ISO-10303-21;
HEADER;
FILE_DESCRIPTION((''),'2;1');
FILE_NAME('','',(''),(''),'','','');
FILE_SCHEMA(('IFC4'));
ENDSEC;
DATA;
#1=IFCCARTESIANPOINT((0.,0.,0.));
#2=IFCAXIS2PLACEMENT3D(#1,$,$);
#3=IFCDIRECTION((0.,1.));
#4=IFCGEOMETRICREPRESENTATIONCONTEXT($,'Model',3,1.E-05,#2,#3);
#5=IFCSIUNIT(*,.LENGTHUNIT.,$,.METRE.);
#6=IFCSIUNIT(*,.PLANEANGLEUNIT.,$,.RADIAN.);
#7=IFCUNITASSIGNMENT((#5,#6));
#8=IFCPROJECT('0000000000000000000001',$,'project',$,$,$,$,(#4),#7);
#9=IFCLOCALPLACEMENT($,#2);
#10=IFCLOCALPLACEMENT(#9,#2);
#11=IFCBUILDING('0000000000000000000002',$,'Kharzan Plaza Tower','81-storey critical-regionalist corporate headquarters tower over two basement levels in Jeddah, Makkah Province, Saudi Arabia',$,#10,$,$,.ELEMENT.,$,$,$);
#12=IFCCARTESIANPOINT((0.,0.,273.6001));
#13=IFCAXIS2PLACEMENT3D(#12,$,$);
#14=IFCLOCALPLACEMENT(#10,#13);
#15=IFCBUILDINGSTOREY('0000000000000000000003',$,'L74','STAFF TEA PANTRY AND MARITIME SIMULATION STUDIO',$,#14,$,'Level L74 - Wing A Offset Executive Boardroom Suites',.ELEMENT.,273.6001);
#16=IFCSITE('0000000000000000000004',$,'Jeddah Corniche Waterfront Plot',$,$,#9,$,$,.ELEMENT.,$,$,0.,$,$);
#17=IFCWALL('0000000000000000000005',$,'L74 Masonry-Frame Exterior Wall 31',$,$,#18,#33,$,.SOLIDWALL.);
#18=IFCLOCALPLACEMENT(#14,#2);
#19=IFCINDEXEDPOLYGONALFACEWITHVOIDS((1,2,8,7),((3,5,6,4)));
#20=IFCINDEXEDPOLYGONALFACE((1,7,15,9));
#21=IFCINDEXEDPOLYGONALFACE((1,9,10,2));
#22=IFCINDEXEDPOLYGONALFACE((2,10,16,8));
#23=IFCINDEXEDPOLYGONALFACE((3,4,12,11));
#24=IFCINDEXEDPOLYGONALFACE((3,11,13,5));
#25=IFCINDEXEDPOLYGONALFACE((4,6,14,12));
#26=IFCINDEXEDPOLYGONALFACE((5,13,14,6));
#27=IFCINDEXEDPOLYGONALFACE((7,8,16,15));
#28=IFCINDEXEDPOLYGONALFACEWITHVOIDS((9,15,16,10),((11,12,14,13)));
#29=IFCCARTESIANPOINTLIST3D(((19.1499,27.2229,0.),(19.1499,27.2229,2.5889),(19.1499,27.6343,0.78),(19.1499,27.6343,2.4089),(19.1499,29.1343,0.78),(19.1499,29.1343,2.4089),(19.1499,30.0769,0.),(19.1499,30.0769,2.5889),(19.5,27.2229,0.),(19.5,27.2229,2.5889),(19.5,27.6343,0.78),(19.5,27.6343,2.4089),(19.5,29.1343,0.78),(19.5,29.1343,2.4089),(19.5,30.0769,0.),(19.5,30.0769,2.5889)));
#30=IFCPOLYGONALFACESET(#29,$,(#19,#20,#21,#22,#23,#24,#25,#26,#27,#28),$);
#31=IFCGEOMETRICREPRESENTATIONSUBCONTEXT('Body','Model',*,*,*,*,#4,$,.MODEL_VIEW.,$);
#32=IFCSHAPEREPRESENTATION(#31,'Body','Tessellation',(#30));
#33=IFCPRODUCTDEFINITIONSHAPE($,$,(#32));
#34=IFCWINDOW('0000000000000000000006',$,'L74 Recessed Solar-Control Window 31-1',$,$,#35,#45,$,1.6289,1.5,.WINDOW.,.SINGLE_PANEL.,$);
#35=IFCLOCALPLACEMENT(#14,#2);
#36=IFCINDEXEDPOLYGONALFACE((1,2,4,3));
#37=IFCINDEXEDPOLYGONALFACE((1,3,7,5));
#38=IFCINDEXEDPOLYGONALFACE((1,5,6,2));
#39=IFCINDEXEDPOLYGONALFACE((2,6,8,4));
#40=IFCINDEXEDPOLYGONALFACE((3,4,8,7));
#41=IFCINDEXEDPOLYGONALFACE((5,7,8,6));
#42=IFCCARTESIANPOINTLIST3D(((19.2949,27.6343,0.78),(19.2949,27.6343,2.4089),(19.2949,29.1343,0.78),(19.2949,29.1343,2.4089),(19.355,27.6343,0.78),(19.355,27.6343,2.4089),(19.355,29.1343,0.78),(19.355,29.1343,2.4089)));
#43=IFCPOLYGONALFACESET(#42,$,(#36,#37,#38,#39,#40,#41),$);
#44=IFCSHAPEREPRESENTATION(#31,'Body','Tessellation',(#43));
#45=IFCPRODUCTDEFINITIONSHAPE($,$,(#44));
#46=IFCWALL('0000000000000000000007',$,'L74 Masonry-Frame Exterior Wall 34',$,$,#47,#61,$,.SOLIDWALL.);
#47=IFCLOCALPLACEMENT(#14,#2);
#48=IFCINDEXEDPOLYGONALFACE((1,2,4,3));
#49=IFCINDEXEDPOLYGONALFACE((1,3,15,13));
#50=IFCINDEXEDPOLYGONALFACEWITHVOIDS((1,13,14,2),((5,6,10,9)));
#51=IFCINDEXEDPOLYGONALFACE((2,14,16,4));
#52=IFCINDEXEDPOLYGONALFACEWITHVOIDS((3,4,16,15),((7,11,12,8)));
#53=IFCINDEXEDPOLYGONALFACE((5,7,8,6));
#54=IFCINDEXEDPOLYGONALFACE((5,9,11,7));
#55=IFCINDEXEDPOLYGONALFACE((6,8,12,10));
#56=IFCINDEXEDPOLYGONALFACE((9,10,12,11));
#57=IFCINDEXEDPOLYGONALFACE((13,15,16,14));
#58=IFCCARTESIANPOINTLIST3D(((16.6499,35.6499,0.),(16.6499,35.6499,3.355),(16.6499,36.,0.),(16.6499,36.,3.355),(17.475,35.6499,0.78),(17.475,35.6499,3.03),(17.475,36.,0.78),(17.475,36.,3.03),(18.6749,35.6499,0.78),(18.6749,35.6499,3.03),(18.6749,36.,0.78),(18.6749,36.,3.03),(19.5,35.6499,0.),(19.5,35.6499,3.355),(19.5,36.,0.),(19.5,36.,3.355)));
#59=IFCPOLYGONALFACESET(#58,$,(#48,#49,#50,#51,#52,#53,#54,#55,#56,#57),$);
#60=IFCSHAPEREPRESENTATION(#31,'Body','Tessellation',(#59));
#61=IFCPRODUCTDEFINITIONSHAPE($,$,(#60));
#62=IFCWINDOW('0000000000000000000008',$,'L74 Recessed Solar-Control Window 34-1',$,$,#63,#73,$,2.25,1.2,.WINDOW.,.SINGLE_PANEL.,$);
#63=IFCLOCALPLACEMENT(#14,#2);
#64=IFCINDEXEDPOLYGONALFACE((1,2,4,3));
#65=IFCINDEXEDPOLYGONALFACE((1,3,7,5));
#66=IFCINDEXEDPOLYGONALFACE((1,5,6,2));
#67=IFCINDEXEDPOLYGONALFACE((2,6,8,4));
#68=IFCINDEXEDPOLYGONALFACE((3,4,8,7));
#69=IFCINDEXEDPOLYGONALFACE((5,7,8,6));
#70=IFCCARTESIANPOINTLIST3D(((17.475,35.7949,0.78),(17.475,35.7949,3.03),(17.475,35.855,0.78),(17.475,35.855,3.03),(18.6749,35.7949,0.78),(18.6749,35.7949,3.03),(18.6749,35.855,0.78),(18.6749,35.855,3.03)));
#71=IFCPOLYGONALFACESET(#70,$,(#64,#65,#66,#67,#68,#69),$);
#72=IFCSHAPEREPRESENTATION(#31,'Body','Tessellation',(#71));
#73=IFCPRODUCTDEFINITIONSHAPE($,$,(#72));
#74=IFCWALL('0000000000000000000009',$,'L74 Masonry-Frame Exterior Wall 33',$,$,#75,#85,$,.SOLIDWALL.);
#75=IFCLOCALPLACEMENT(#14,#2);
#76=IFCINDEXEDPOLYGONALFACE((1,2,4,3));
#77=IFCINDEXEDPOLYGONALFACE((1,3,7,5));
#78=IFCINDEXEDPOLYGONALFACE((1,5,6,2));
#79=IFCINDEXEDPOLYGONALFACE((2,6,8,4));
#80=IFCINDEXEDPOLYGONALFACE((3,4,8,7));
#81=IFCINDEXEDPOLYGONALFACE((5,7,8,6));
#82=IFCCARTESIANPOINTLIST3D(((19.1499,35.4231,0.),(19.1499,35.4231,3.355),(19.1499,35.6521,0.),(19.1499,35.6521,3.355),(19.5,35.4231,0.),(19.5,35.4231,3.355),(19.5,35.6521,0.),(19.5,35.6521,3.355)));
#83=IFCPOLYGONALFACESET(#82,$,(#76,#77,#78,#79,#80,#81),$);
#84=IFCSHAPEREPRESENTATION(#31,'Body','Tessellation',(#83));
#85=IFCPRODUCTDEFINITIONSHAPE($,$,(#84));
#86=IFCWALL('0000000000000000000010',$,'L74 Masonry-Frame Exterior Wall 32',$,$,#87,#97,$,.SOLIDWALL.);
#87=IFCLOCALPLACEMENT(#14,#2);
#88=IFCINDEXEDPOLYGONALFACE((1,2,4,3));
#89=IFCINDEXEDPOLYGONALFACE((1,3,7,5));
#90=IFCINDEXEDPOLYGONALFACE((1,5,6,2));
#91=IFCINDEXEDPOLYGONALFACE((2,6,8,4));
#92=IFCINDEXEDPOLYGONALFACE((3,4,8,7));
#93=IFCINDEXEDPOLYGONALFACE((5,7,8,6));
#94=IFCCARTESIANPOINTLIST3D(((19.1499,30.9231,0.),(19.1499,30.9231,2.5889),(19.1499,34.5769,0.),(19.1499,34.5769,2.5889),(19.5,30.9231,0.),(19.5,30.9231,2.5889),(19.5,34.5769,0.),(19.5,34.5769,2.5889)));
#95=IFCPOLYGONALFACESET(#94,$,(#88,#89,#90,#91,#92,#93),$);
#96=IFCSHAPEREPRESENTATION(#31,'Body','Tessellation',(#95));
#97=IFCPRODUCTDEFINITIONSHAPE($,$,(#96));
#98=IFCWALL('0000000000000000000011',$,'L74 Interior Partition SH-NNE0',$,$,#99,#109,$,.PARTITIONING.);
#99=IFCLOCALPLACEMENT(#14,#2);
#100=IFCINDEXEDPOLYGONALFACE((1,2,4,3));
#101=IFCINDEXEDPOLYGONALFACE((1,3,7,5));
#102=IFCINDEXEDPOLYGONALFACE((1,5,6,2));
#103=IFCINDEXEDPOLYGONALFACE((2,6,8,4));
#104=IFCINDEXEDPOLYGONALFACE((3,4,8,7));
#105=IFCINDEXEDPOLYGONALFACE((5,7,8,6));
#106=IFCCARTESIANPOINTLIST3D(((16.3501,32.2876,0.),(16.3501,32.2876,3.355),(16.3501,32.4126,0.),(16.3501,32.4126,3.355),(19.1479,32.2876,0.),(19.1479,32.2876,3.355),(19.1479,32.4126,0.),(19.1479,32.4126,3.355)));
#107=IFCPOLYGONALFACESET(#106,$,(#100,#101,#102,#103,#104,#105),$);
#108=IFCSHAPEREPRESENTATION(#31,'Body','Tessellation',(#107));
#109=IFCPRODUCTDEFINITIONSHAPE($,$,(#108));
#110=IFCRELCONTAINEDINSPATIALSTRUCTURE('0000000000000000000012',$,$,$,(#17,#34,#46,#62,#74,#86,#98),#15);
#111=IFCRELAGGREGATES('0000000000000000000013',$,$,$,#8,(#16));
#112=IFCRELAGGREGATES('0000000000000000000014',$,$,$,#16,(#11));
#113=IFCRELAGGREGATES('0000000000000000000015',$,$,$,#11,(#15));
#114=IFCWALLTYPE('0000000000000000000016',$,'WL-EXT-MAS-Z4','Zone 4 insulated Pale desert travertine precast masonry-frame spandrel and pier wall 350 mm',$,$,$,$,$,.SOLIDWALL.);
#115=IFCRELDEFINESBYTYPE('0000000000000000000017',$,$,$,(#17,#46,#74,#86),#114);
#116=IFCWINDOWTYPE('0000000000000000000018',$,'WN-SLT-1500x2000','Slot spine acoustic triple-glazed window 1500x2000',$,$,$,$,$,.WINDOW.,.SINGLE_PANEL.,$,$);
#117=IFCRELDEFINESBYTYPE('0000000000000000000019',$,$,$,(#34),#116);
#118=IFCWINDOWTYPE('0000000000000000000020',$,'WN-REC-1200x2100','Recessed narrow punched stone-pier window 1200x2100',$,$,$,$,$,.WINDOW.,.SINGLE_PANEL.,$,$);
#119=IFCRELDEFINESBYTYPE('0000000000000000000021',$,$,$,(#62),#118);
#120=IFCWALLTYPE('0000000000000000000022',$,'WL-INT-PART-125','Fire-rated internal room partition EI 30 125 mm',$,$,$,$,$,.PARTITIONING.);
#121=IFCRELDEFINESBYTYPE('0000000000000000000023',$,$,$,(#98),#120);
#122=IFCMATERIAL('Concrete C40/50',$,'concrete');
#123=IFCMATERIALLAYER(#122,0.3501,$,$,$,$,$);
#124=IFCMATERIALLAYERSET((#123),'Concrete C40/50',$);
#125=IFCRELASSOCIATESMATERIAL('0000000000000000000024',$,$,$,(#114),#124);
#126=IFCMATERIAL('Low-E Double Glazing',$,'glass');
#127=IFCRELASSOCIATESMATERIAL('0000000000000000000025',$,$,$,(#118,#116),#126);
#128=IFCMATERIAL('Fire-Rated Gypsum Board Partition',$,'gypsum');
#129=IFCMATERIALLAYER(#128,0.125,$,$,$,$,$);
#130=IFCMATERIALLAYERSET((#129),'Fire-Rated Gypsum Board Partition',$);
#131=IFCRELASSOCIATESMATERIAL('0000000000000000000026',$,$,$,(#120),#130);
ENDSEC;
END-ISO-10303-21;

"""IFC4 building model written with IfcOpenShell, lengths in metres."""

from ifc_helpers import new_model, si_unit, direction, frame, frame_2d, origin, place, context, subcontext, project, spatial, rectangle, extrude, source, transform, mapped, material, layer, layer_set, type_object, element, fill, save


model = new_model("IFC4")

# Units and contexts
model_context = context("Model", 3, precision=1e-05, world=origin(), true_north=direction((0.0, 1.0)))
body_context = subcontext(model_context, "Body", "Model", "MODEL_VIEW")
ifc_project = project(units=[si_unit("LENGTHUNIT", "METRE"), si_unit("PLANEANGLEUNIT", "RADIAN")], contexts=[model_context])

# Site, building, storey
site_placement = place(None, origin())
site = spatial("IfcSite", under=ifc_project, at=site_placement, Name="Jeddah Corniche Waterfront Plot", CompositionType="ELEMENT", RefElevation=0.0)
building_placement = place(site_placement, origin())
building = spatial("IfcBuilding", under=site, at=building_placement, Name="Kharzan Plaza Tower", Description="81-storey critical-regionalist corporate headquarters tower over two basement levels in Jeddah, Makkah Province, Saudi Arabia", CompositionType="ELEMENT")
storey_placement = place(building_placement, frame((0.0, 0.0, 273.6001)))
storey = spatial("IfcBuildingStorey", under=building, at=storey_placement, Name="L74", Description="STAFF TEA PANTRY AND MARITIME SIMULATION STUDIO", LongName="Level L74 - Wing A Offset Executive Boardroom Suites", CompositionType="ELEMENT", Elevation=273.6001)

# Walls, openings, windows
ifc_material_1 = material(Name="Concrete C40/50", Category="concrete")
ifc_layer_1 = layer(ifc_material_1, 0.3501)
ifc_layer_set_1 = layer_set([ifc_layer_1], Name="Concrete C40/50")
wall_type_1 = type_object("IfcWallType", Name="WL-EXT-MAS-Z4", Description="Zone 4 insulated Pale desert travertine precast masonry-frame spandrel and pier wall 350 mm", PredefinedType="SOLIDWALL", material=ifc_layer_set_1)
ifc_material_2 = material(Name="Low-E Double Glazing", Category="glass")
window_type_1 = type_object("IfcWindowType", Name="WN-REC-1200x2100", Description="Recessed narrow punched stone-pier window 1200x2100", PartitioningType="SINGLE_PANEL", PredefinedType="WINDOW", material=ifc_material_2)
shared_shape_1 = source(origin(), body_context, "Body", "SweptSolid", [
    extrude(rectangle(XDim=1.2, YDim=2.25, at=frame_2d((0.6001, 1.125))), frame((0.0, 0.03, 0.0), z_axis=(0.0, -1.0, 0.0), x_axis=(1.0, 0.0, 0.0)), (0.0, 0.0, 1.0), 0.0601),
])
wall_1_placement = place(storey_placement, frame((19.325, 27.2229, 0.0), z_axis=(0.0, 0.0, 1.0), x_axis=(0.0, 1.0, 0.0)))
wall_1 = element("IfcWall", 1, at=wall_1_placement, inside=storey, type_object=wall_type_1, Name="L74 Masonry-Frame Exterior Wall 31", PredefinedType="SOLIDWALL", context=body_context, shape_type="SweptSolid", body=[
    extrude(rectangle(XDim=2.854, YDim=0.3501, at=frame_2d((1.427, 0.0))), origin(), (0.0, 0.0, 1.0), 2.5889),
])
opening_1_placement = place(wall_1_placement, frame((0.4114, 0.0, 0.78)))
opening_1 = element("IfcOpeningElement", 2, at=opening_1_placement, cuts=wall_1, PredefinedType="OPENING", context=body_context, shape_type="SweptSolid", body=[
    extrude(rectangle(XDim=1.5, YDim=1.6289, at=frame_2d((0.75, 0.8145))), frame((0.0, 0.1851, 0.0), z_axis=(0.0, -1.0, 0.0), x_axis=(1.0, 0.0, 0.0)), (0.0, 0.0, 1.0), 0.3701),
])
window_type_2 = type_object("IfcWindowType", Name="WN-SLT-1500x2000", Description="Slot spine acoustic triple-glazed window 1500x2000", PartitioningType="SINGLE_PANEL", PredefinedType="WINDOW", material=ifc_material_2)
shared_shape_2 = source(origin(), body_context, "Body", "SweptSolid", [
    extrude(rectangle(XDim=1.5, YDim=1.6289, at=frame_2d((0.75, 0.8145))), frame((0.0, 0.03, 0.0), z_axis=(0.0, -1.0, 0.0), x_axis=(1.0, 0.0, 0.0)), (0.0, 0.0, 1.0), 0.0601),
])
window_1_placement = place(opening_1_placement, origin())
window_1 = element("IfcWindow", 3, at=window_1_placement, inside=storey, type_object=window_type_2, Name="L74 Recessed Solar-Control Window 31-1", OverallHeight=1.6289, OverallWidth=1.5, PartitioningType="SINGLE_PANEL", PredefinedType="WINDOW", context=body_context, shape_type="MappedRepresentation", body=[
    mapped(shared_shape_2, transform((0.0, 0.0, 0.0), x_axis=(1.0, 0.0, 0.0), y_axis=(0.0, 1.0, 0.0), z_axis=(0.0, 0.0, 1.0))),
])
fill(opening_1, window_1)
wall_2_placement = place(storey_placement, frame((19.5, 35.825, 0.0), z_axis=(0.0, 0.0, 1.0), x_axis=(-1.0, 0.0, 0.0)))
wall_2 = element("IfcWall", 4, at=wall_2_placement, inside=storey, type_object=wall_type_1, Name="L74 Masonry-Frame Exterior Wall 34", PredefinedType="SOLIDWALL", context=body_context, shape_type="SweptSolid", body=[
    extrude(rectangle(XDim=2.8501, YDim=0.3501, at=frame_2d((1.425, 0.0))), origin(), (0.0, 0.0, 1.0), 3.355),
])
opening_2_placement = place(wall_2_placement, frame((0.825, 0.0, 0.78)))
opening_2 = element("IfcOpeningElement", 5, at=opening_2_placement, cuts=wall_2, PredefinedType="OPENING", context=body_context, shape_type="SweptSolid", body=[
    extrude(rectangle(XDim=1.2, YDim=2.25, at=frame_2d((0.6001, 1.125))), frame((0.0, 0.1851, 0.0), z_axis=(0.0, -1.0, 0.0), x_axis=(1.0, 0.0, 0.0)), (0.0, 0.0, 1.0), 0.3701),
])
window_2_placement = place(opening_2_placement, origin())
window_2 = element("IfcWindow", 6, at=window_2_placement, inside=storey, type_object=window_type_1, Name="L74 Recessed Solar-Control Window 34-1", OverallHeight=2.25, OverallWidth=1.2, PartitioningType="SINGLE_PANEL", PredefinedType="WINDOW", context=body_context, shape_type="MappedRepresentation", body=[
    mapped(shared_shape_1, transform((0.0, 0.0, 0.0), x_axis=(1.0, 0.0, 0.0), y_axis=(0.0, 1.0, 0.0), z_axis=(0.0, 0.0, 1.0))),
])
fill(opening_2, window_2)

# Walls
shared_shape_3 = source(origin(), body_context, "Body", "SweptSolid", [
    extrude(rectangle(XDim=0.229, YDim=0.3501, at=frame_2d((0.1145, 0.0))), origin(), (0.0, 0.0, 1.0), 3.355),
])
wall_3_placement = place(storey_placement, frame((19.325, 35.4231, 0.0), z_axis=(0.0, 0.0, 1.0), x_axis=(0.0, 1.0, 0.0)))
element("IfcWall", 7, at=wall_3_placement, inside=storey, type_object=wall_type_1, Name="L74 Masonry-Frame Exterior Wall 33", PredefinedType="SOLIDWALL", context=body_context, shape_type="MappedRepresentation", body=[
    mapped(shared_shape_3, transform((0.0, 0.0, 0.0), x_axis=(1.0, 0.0, 0.0), y_axis=(0.0, 1.0, 0.0), z_axis=(0.0, 0.0, 1.0))),
])
shared_shape_4 = source(origin(), body_context, "Body", "SweptSolid", [
    extrude(rectangle(XDim=3.6538, YDim=0.3501, at=frame_2d((1.8269, 0.0))), origin(), (0.0, 0.0, 1.0), 2.5889),
])
wall_4_placement = place(storey_placement, frame((19.325, 30.9231, 0.0), z_axis=(0.0, 0.0, 1.0), x_axis=(0.0, 1.0, 0.0)))
element("IfcWall", 8, at=wall_4_placement, inside=storey, type_object=wall_type_1, Name="L74 Masonry-Frame Exterior Wall 32", PredefinedType="SOLIDWALL", context=body_context, shape_type="MappedRepresentation", body=[
    mapped(shared_shape_4, transform((0.0, 0.0, 0.0), x_axis=(1.0, 0.0, 0.0), y_axis=(0.0, 1.0, 0.0), z_axis=(0.0, 0.0, 1.0))),
])
ifc_material_3 = material(Name="Fire-Rated Gypsum Board Partition", Category="gypsum")
ifc_layer_2 = layer(ifc_material_3, 0.125)
ifc_layer_set_2 = layer_set([ifc_layer_2], Name="Fire-Rated Gypsum Board Partition")
wall_type_2 = type_object("IfcWallType", Name="WL-INT-PART-125", Description="Fire-rated internal room partition EI 30 125 mm", PredefinedType="PARTITIONING", material=ifc_layer_set_2)
shared_shape_5 = source(origin(), body_context, "Body", "SweptSolid", [
    extrude(rectangle(XDim=2.7979, YDim=0.125, at=frame_2d((1.3989, 0.0))), origin(), (0.0, 0.0, 1.0), 3.355),
])
wall_5_placement = place(storey_placement, frame((16.3501, 32.3501, 0.0), z_axis=(0.0, 0.0, 1.0), x_axis=(1.0, 0.0, 0.0)))
element("IfcWall", 9, at=wall_5_placement, inside=storey, type_object=wall_type_2, Name="L74 Interior Partition SH-NNE0", PredefinedType="PARTITIONING", context=body_context, shape_type="MappedRepresentation", body=[
    mapped(shared_shape_5, transform((0.0, 0.0, 0.0), x_axis=(1.0, 0.0, 0.0), y_axis=(0.0, 1.0, 0.0), z_axis=(0.0, 0.0, 1.0))),
])

save(model, "model.ifc")
